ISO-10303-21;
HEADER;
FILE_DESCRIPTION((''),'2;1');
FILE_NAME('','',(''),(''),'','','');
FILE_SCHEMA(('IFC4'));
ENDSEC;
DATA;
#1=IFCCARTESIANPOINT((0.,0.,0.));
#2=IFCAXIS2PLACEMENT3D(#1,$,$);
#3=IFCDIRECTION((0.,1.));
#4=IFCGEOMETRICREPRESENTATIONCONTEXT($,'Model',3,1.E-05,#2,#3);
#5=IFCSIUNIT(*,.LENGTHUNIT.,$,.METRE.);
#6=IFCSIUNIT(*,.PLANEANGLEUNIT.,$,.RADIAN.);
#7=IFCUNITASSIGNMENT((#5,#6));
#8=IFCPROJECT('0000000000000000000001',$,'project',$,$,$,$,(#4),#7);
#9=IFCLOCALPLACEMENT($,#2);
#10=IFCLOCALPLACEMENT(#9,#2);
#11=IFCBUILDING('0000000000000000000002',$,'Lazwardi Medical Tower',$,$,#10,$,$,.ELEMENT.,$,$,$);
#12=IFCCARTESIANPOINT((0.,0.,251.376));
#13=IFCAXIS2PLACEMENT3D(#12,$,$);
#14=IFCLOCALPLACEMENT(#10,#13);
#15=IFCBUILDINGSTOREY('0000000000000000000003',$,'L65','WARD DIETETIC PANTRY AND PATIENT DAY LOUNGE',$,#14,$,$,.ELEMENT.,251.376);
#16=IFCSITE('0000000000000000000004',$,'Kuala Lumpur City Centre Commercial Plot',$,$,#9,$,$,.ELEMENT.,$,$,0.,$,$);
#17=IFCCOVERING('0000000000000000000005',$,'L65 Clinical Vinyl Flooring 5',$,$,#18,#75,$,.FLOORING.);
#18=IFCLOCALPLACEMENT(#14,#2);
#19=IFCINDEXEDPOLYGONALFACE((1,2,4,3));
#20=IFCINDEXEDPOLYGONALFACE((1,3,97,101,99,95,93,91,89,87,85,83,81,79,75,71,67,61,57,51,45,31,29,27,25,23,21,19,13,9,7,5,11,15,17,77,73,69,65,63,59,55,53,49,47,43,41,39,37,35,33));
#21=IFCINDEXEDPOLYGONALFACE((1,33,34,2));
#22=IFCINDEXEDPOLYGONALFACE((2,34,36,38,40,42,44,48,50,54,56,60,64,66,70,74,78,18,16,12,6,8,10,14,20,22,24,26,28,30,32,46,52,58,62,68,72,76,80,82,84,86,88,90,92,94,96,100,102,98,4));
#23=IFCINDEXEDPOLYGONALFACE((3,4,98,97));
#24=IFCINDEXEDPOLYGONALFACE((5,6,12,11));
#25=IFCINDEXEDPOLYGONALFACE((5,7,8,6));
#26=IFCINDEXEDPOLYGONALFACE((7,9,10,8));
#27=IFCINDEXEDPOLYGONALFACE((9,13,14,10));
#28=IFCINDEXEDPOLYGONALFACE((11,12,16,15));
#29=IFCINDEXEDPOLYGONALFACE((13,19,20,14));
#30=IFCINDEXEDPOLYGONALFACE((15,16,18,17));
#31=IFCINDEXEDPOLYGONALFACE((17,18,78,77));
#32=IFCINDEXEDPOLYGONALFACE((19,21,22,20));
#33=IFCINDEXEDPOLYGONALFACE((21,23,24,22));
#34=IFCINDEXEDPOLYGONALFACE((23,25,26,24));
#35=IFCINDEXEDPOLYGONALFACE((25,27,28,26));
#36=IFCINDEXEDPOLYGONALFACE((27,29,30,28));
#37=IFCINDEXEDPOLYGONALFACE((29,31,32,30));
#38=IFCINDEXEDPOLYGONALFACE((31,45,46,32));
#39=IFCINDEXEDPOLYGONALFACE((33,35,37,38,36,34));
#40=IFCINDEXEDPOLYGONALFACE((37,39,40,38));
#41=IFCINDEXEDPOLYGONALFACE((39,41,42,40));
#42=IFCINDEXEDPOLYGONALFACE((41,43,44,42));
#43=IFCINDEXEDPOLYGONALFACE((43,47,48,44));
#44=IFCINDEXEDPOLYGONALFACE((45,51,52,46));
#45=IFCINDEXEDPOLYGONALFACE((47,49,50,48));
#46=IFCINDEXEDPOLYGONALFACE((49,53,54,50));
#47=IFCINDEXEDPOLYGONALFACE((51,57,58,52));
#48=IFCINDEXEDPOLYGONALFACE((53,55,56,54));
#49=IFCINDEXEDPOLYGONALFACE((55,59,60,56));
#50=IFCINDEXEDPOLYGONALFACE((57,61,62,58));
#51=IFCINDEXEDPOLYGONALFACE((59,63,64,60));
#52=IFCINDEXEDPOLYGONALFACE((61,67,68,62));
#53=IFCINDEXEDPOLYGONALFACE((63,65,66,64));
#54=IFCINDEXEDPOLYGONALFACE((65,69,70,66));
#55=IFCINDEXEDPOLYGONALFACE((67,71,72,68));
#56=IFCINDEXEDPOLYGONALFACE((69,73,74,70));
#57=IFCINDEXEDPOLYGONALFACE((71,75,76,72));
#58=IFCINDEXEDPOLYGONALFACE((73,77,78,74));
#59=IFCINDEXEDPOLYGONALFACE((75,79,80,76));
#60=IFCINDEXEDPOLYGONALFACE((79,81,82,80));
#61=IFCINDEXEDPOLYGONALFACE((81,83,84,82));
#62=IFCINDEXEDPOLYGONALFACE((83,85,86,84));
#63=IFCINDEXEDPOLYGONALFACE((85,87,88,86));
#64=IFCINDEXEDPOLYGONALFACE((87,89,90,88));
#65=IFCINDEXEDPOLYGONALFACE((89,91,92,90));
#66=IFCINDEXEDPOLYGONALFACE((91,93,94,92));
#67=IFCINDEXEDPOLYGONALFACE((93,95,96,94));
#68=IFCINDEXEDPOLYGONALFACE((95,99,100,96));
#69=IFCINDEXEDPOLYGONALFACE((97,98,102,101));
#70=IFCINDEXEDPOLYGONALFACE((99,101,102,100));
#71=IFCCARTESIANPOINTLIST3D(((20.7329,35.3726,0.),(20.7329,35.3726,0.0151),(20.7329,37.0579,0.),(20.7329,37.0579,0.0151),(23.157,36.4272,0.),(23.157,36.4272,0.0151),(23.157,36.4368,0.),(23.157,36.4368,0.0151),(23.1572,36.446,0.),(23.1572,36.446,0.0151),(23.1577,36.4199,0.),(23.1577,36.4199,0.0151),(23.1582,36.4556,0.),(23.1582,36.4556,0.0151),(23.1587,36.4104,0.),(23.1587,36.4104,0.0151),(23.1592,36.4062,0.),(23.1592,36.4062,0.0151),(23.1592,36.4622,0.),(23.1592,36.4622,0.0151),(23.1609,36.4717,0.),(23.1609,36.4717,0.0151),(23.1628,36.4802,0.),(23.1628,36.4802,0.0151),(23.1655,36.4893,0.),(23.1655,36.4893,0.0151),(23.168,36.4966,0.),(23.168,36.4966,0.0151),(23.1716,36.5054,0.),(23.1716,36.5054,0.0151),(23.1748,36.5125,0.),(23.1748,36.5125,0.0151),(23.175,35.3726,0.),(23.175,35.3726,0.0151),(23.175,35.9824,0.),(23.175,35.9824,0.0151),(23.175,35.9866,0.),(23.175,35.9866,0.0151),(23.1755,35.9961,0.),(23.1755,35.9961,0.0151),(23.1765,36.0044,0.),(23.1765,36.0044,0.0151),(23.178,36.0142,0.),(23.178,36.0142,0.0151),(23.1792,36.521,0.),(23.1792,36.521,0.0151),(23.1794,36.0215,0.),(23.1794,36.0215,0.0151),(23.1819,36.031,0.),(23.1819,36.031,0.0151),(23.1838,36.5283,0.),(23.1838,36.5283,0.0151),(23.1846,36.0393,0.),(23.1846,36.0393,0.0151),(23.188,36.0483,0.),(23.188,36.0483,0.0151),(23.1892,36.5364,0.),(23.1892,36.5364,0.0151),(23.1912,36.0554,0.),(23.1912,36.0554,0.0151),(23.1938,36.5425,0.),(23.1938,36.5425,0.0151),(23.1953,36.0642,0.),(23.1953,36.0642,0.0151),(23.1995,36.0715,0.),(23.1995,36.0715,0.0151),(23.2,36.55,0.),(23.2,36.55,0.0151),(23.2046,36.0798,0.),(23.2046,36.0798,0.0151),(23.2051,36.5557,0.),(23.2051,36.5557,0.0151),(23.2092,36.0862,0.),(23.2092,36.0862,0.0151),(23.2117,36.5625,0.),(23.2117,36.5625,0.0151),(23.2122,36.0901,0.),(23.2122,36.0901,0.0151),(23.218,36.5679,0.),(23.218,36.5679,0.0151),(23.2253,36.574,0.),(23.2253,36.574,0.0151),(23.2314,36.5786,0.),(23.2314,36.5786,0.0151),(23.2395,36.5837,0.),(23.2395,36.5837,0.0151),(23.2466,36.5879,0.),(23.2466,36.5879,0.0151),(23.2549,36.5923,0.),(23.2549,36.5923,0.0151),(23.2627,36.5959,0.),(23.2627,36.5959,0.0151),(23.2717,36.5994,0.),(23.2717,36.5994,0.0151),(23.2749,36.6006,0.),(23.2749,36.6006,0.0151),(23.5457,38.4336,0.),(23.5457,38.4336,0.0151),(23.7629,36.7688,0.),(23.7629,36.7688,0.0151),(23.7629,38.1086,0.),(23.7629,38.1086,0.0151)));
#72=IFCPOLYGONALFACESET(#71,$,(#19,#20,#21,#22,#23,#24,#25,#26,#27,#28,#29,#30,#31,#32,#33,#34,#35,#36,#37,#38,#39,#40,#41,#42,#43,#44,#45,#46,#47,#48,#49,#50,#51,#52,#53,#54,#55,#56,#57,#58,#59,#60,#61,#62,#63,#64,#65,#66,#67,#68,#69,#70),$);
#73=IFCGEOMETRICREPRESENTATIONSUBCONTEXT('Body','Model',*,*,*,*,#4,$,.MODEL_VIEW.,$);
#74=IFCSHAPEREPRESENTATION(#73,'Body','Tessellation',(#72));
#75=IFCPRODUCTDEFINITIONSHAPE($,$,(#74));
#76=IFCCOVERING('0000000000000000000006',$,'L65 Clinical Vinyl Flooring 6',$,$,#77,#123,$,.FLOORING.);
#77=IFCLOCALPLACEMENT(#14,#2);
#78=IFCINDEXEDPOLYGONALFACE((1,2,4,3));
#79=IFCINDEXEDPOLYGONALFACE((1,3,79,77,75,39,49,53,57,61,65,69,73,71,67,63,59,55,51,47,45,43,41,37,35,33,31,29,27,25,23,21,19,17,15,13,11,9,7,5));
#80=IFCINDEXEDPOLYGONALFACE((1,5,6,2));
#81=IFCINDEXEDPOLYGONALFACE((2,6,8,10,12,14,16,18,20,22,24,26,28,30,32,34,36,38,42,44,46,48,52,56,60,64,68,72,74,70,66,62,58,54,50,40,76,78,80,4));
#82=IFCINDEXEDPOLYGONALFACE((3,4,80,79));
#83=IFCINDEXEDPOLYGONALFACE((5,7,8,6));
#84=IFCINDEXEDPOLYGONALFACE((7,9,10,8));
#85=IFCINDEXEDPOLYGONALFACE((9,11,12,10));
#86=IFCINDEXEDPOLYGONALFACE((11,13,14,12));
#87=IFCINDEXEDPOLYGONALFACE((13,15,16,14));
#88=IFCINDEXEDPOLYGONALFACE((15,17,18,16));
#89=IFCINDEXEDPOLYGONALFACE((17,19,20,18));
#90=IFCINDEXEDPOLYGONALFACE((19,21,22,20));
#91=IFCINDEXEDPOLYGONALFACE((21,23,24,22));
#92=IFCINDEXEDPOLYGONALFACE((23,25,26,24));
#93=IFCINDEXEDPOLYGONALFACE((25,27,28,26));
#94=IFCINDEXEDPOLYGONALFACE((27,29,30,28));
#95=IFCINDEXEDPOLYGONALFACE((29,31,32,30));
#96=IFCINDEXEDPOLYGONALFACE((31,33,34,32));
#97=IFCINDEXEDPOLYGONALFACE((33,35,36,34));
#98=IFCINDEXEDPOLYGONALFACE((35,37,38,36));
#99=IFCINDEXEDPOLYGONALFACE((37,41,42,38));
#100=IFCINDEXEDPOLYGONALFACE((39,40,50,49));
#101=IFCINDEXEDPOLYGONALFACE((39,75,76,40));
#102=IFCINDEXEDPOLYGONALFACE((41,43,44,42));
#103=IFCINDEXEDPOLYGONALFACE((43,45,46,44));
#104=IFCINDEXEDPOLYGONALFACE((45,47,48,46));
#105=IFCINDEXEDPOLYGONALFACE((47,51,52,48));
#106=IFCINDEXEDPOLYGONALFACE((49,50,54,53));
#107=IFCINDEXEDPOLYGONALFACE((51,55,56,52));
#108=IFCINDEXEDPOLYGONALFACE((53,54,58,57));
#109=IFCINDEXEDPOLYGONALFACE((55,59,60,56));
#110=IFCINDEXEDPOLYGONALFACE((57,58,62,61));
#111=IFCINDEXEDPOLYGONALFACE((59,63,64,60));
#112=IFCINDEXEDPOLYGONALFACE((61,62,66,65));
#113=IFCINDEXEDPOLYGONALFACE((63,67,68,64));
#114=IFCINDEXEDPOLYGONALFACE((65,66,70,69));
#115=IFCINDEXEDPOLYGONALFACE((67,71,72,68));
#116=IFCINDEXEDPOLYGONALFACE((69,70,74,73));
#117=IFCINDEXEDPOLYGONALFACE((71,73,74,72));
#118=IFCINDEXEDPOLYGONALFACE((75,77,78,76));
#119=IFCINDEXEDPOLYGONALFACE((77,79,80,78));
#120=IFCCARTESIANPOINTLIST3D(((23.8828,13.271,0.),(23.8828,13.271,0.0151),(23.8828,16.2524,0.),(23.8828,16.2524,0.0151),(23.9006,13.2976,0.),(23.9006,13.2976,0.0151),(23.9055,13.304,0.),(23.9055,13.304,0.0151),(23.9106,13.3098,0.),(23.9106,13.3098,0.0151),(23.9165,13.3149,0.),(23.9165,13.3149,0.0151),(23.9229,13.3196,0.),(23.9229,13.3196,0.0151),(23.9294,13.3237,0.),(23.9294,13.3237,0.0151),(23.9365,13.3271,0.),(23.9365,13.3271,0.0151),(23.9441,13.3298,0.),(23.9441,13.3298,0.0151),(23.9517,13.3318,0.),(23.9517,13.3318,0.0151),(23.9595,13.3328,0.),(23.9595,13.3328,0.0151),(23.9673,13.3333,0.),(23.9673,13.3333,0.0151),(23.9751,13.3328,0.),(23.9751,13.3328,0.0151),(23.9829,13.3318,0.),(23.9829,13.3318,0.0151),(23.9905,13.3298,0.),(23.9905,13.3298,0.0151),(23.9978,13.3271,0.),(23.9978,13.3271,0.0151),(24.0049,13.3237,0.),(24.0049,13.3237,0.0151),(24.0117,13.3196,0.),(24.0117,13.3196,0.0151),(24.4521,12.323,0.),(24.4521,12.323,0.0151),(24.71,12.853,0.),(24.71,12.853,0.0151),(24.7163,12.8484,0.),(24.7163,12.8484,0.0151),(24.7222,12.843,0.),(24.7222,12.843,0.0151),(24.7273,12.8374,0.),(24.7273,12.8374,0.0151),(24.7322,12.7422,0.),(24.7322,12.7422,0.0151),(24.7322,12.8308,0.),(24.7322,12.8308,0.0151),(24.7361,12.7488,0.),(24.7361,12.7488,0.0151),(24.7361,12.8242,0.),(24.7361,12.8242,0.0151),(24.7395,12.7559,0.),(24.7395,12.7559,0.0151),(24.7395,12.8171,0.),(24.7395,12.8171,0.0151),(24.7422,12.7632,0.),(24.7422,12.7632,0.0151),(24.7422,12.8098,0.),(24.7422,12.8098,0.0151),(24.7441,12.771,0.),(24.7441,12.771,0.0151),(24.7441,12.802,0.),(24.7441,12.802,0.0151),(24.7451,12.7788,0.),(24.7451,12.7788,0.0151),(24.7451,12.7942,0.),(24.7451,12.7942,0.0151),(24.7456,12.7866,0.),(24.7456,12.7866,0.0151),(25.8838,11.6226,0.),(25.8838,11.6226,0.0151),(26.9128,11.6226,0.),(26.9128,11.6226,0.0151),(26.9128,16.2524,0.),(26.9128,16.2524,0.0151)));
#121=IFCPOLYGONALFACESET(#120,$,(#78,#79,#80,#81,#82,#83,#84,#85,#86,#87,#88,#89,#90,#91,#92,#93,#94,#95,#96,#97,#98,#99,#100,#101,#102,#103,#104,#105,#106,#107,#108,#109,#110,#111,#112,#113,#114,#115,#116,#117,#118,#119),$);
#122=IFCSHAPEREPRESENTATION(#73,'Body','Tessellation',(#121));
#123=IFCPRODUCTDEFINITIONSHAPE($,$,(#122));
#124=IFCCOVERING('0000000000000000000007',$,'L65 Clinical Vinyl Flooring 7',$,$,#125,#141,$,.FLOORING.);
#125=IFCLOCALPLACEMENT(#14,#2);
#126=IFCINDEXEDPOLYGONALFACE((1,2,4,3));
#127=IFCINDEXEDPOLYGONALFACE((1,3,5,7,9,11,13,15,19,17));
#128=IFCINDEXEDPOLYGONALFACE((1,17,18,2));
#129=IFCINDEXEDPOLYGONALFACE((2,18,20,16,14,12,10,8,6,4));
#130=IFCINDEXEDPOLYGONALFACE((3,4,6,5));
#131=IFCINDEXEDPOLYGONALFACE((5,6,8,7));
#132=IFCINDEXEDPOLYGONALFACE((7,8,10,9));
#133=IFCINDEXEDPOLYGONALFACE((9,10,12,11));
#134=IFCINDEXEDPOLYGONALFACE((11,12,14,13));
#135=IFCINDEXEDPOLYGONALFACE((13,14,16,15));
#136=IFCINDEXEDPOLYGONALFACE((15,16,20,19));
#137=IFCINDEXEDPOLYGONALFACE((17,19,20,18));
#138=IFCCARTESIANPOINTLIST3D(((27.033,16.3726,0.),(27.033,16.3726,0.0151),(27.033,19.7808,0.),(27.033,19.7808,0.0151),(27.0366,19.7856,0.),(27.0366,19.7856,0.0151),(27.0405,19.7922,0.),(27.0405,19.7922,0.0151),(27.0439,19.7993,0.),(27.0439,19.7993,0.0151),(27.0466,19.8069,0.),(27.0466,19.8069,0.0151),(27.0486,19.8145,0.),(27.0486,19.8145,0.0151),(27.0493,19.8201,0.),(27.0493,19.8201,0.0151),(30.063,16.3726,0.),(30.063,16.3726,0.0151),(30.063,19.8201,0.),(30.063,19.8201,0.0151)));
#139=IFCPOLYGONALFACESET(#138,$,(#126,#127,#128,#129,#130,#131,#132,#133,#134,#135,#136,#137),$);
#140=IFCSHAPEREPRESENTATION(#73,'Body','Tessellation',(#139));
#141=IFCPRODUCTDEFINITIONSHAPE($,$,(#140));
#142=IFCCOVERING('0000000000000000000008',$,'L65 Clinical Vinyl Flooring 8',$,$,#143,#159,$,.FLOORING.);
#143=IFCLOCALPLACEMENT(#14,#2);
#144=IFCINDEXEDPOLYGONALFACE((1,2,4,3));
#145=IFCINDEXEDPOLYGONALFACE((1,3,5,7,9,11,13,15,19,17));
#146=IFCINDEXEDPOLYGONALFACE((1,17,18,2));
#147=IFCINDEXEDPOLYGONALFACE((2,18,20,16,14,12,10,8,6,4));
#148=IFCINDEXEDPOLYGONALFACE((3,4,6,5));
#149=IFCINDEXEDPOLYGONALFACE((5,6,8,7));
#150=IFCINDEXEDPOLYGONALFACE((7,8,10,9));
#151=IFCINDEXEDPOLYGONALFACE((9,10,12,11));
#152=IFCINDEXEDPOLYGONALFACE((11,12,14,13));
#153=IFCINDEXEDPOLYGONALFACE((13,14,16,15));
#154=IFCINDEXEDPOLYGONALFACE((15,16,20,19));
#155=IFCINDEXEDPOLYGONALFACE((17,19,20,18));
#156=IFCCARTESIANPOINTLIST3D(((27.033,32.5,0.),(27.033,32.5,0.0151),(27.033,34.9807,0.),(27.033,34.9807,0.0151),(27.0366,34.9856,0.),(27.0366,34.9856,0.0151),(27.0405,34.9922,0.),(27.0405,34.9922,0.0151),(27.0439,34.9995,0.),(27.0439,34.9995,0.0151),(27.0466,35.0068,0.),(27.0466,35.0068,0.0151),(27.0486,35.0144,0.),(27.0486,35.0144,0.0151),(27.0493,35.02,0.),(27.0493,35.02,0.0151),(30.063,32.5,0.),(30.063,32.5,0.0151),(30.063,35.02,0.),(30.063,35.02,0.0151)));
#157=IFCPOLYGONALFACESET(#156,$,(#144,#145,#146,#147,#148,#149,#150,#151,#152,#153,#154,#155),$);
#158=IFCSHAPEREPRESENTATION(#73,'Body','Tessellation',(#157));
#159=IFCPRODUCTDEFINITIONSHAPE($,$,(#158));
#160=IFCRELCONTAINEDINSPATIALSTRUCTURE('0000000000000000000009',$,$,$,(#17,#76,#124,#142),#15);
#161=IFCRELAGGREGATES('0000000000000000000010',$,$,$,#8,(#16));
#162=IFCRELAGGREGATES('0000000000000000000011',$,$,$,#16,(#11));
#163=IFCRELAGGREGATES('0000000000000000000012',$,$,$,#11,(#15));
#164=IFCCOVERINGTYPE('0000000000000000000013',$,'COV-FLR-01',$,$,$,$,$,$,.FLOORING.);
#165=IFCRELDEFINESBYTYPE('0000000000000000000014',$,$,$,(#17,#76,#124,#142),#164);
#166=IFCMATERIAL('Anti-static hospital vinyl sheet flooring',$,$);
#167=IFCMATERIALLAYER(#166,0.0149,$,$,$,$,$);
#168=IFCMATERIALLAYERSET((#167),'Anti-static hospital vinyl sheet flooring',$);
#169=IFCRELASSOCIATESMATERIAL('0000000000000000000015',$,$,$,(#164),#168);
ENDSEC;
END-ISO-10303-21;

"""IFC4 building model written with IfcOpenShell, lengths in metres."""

from ifc_helpers import new_model, si_unit, direction, frame, origin, place, context, subcontext, project, spatial, polyline, outline, extrude, material, layer, layer_set, type_object, element, save


model = new_model("IFC4")

# Units and contexts
model_context = context("Model", 3, precision=1e-05, world=origin(), true_north=direction((0.0, 1.0)))
body_context = subcontext(model_context, "Body", "Model", "MODEL_VIEW")
ifc_project = project(units=[si_unit("LENGTHUNIT", "METRE"), si_unit("PLANEANGLEUNIT", "RADIAN")], contexts=[model_context])

# Site, building, storey
site_placement = place(None, origin())
site = spatial("IfcSite", under=ifc_project, at=site_placement, Name="Kuala Lumpur City Centre Commercial Plot", CompositionType="ELEMENT", RefElevation=0.0)
building_placement = place(site_placement, origin())
building = spatial("IfcBuilding", under=site, at=building_placement, Name="Lazwardi Medical Tower", CompositionType="ELEMENT")
storey_placement = place(building_placement, frame((0.0, 0.0, 251.376)))
storey = spatial("IfcBuildingStorey", under=building, at=storey_placement, Name="L65", Description="WARD DIETETIC PANTRY AND PATIENT DAY LOUNGE", CompositionType="ELEMENT", Elevation=251.376)

# Coverings
ifc_material_1 = material(Name="Anti-static hospital vinyl sheet flooring")
ifc_layer_1 = layer(ifc_material_1, 0.0149)
ifc_layer_set_1 = layer_set([ifc_layer_1], Name="Anti-static hospital vinyl sheet flooring")
covering_type_1 = type_object("IfcCoveringType", Name="COV-FLR-01", PredefinedType="FLOORING", material=ifc_layer_set_1)
covering_1_placement = place(storey_placement, origin())
element("IfcCovering", 1, at=covering_1_placement, inside=storey, type_object=covering_type_1, Name="L65 Clinical Vinyl Flooring 5", PredefinedType="FLOORING", context=body_context, shape_type="SweptSolid", body=[
    extrude(outline(polyline([(23.7629, 38.1086), (23.5457, 38.4336), (20.7329, 37.0579), (20.7329, 35.3726), (23.175, 35.3726), (23.175, 35.9824), (23.175, 35.9866), (23.1755, 35.9961), (23.1765, 36.0044), (23.178, 36.0142), (23.1794, 36.0215), (23.1819, 36.031), (23.1846, 36.0393), (23.188, 36.0483), (23.1912, 36.0554), (23.1953, 36.0642), (23.1995, 36.0715), (23.2046, 36.0798), (23.2092, 36.0862), (23.2122, 36.0901), (23.1592, 36.4062), (23.1587, 36.4104), (23.1577, 36.4199), (23.157, 36.4272), (23.157, 36.4368), (23.1572, 36.446), (23.1582, 36.4556), (23.1592, 36.4622), (23.1609, 36.4717), (23.1628, 36.4802), (23.1655, 36.4893), (23.168, 36.4966), (23.1716, 36.5054), (23.1748, 36.5125), (23.1792, 36.521), (23.1838, 36.5283), (23.1892, 36.5364), (23.1938, 36.5425), (23.2, 36.55), (23.2051, 36.5557), (23.2117, 36.5625), (23.218, 36.5679), (23.2253, 36.574), (23.2314, 36.5786), (23.2395, 36.5837), (23.2466, 36.5879), (23.2549, 36.5923), (23.2627, 36.5959), (23.2717, 36.5994), (23.2749, 36.6006), (23.7629, 36.7688), (23.7629, 38.1086)])), origin(), (0.0, 0.0, 1.0), 0.0151),
])
covering_2_placement = place(storey_placement, origin())
element("IfcCovering", 2, at=covering_2_placement, inside=storey, type_object=covering_type_1, Name="L65 Clinical Vinyl Flooring 6", PredefinedType="FLOORING", context=body_context, shape_type="SweptSolid", body=[
    extrude(outline(polyline([(23.8828, 13.271), (23.9006, 13.2976), (23.9055, 13.304), (23.9106, 13.3098), (23.9165, 13.3149), (23.9229, 13.3196), (23.9294, 13.3237), (23.9365, 13.3271), (23.9441, 13.3298), (23.9517, 13.3318), (23.9595, 13.3328), (23.9673, 13.3333), (23.9751, 13.3328), (23.9829, 13.3318), (23.9905, 13.3298), (23.9978, 13.3271), (24.0049, 13.3237), (24.0117, 13.3196), (24.71, 12.853), (24.7163, 12.8484), (24.7222, 12.843), (24.7273, 12.8374), (24.7322, 12.8308), (24.7361, 12.8242), (24.7395, 12.8171), (24.7422, 12.8098), (24.7441, 12.802), (24.7451, 12.7942), (24.7456, 12.7866), (24.7451, 12.7788), (24.7441, 12.771), (24.7422, 12.7632), (24.7395, 12.7559), (24.7361, 12.7488), (24.7322, 12.7422), (24.4521, 12.323), (25.8838, 11.6226), (26.9128, 11.6226), (26.9128, 16.2524), (23.8828, 16.2524), (23.8828, 13.271)])), origin(), (0.0, 0.0, 1.0), 0.0151),
])
covering_3_placement = place(storey_placement, origin())
element("IfcCovering", 3, at=covering_3_placement, inside=storey, type_object=covering_type_1, Name="L65 Clinical Vinyl Flooring 7", PredefinedType="FLOORING", context=body_context, shape_type="SweptSolid", body=[
    extrude(outline(polyline([(30.063, 19.8201), (27.0493, 19.8201), (27.0486, 19.8145), (27.0466, 19.8069), (27.0439, 19.7993), (27.0405, 19.7922), (27.0366, 19.7856), (27.033, 19.7808), (27.033, 16.3726), (30.063, 16.3726), (30.063, 19.8201)])), origin(), (0.0, 0.0, 1.0), 0.0151),
])
covering_4_placement = place(storey_placement, origin())
element("IfcCovering", 4, at=covering_4_placement, inside=storey, type_object=covering_type_1, Name="L65 Clinical Vinyl Flooring 8", PredefinedType="FLOORING", context=body_context, shape_type="SweptSolid", body=[
    extrude(outline(polyline([(30.063, 35.02), (27.0493, 35.02), (27.0486, 35.0144), (27.0466, 35.0068), (27.0439, 34.9995), (27.0405, 34.9922), (27.0366, 34.9856), (27.033, 34.9807), (27.033, 32.5), (30.063, 32.5), (30.063, 35.02)])), origin(), (0.0, 0.0, 1.0), 0.0151),
])

save(model, "model.ifc")
